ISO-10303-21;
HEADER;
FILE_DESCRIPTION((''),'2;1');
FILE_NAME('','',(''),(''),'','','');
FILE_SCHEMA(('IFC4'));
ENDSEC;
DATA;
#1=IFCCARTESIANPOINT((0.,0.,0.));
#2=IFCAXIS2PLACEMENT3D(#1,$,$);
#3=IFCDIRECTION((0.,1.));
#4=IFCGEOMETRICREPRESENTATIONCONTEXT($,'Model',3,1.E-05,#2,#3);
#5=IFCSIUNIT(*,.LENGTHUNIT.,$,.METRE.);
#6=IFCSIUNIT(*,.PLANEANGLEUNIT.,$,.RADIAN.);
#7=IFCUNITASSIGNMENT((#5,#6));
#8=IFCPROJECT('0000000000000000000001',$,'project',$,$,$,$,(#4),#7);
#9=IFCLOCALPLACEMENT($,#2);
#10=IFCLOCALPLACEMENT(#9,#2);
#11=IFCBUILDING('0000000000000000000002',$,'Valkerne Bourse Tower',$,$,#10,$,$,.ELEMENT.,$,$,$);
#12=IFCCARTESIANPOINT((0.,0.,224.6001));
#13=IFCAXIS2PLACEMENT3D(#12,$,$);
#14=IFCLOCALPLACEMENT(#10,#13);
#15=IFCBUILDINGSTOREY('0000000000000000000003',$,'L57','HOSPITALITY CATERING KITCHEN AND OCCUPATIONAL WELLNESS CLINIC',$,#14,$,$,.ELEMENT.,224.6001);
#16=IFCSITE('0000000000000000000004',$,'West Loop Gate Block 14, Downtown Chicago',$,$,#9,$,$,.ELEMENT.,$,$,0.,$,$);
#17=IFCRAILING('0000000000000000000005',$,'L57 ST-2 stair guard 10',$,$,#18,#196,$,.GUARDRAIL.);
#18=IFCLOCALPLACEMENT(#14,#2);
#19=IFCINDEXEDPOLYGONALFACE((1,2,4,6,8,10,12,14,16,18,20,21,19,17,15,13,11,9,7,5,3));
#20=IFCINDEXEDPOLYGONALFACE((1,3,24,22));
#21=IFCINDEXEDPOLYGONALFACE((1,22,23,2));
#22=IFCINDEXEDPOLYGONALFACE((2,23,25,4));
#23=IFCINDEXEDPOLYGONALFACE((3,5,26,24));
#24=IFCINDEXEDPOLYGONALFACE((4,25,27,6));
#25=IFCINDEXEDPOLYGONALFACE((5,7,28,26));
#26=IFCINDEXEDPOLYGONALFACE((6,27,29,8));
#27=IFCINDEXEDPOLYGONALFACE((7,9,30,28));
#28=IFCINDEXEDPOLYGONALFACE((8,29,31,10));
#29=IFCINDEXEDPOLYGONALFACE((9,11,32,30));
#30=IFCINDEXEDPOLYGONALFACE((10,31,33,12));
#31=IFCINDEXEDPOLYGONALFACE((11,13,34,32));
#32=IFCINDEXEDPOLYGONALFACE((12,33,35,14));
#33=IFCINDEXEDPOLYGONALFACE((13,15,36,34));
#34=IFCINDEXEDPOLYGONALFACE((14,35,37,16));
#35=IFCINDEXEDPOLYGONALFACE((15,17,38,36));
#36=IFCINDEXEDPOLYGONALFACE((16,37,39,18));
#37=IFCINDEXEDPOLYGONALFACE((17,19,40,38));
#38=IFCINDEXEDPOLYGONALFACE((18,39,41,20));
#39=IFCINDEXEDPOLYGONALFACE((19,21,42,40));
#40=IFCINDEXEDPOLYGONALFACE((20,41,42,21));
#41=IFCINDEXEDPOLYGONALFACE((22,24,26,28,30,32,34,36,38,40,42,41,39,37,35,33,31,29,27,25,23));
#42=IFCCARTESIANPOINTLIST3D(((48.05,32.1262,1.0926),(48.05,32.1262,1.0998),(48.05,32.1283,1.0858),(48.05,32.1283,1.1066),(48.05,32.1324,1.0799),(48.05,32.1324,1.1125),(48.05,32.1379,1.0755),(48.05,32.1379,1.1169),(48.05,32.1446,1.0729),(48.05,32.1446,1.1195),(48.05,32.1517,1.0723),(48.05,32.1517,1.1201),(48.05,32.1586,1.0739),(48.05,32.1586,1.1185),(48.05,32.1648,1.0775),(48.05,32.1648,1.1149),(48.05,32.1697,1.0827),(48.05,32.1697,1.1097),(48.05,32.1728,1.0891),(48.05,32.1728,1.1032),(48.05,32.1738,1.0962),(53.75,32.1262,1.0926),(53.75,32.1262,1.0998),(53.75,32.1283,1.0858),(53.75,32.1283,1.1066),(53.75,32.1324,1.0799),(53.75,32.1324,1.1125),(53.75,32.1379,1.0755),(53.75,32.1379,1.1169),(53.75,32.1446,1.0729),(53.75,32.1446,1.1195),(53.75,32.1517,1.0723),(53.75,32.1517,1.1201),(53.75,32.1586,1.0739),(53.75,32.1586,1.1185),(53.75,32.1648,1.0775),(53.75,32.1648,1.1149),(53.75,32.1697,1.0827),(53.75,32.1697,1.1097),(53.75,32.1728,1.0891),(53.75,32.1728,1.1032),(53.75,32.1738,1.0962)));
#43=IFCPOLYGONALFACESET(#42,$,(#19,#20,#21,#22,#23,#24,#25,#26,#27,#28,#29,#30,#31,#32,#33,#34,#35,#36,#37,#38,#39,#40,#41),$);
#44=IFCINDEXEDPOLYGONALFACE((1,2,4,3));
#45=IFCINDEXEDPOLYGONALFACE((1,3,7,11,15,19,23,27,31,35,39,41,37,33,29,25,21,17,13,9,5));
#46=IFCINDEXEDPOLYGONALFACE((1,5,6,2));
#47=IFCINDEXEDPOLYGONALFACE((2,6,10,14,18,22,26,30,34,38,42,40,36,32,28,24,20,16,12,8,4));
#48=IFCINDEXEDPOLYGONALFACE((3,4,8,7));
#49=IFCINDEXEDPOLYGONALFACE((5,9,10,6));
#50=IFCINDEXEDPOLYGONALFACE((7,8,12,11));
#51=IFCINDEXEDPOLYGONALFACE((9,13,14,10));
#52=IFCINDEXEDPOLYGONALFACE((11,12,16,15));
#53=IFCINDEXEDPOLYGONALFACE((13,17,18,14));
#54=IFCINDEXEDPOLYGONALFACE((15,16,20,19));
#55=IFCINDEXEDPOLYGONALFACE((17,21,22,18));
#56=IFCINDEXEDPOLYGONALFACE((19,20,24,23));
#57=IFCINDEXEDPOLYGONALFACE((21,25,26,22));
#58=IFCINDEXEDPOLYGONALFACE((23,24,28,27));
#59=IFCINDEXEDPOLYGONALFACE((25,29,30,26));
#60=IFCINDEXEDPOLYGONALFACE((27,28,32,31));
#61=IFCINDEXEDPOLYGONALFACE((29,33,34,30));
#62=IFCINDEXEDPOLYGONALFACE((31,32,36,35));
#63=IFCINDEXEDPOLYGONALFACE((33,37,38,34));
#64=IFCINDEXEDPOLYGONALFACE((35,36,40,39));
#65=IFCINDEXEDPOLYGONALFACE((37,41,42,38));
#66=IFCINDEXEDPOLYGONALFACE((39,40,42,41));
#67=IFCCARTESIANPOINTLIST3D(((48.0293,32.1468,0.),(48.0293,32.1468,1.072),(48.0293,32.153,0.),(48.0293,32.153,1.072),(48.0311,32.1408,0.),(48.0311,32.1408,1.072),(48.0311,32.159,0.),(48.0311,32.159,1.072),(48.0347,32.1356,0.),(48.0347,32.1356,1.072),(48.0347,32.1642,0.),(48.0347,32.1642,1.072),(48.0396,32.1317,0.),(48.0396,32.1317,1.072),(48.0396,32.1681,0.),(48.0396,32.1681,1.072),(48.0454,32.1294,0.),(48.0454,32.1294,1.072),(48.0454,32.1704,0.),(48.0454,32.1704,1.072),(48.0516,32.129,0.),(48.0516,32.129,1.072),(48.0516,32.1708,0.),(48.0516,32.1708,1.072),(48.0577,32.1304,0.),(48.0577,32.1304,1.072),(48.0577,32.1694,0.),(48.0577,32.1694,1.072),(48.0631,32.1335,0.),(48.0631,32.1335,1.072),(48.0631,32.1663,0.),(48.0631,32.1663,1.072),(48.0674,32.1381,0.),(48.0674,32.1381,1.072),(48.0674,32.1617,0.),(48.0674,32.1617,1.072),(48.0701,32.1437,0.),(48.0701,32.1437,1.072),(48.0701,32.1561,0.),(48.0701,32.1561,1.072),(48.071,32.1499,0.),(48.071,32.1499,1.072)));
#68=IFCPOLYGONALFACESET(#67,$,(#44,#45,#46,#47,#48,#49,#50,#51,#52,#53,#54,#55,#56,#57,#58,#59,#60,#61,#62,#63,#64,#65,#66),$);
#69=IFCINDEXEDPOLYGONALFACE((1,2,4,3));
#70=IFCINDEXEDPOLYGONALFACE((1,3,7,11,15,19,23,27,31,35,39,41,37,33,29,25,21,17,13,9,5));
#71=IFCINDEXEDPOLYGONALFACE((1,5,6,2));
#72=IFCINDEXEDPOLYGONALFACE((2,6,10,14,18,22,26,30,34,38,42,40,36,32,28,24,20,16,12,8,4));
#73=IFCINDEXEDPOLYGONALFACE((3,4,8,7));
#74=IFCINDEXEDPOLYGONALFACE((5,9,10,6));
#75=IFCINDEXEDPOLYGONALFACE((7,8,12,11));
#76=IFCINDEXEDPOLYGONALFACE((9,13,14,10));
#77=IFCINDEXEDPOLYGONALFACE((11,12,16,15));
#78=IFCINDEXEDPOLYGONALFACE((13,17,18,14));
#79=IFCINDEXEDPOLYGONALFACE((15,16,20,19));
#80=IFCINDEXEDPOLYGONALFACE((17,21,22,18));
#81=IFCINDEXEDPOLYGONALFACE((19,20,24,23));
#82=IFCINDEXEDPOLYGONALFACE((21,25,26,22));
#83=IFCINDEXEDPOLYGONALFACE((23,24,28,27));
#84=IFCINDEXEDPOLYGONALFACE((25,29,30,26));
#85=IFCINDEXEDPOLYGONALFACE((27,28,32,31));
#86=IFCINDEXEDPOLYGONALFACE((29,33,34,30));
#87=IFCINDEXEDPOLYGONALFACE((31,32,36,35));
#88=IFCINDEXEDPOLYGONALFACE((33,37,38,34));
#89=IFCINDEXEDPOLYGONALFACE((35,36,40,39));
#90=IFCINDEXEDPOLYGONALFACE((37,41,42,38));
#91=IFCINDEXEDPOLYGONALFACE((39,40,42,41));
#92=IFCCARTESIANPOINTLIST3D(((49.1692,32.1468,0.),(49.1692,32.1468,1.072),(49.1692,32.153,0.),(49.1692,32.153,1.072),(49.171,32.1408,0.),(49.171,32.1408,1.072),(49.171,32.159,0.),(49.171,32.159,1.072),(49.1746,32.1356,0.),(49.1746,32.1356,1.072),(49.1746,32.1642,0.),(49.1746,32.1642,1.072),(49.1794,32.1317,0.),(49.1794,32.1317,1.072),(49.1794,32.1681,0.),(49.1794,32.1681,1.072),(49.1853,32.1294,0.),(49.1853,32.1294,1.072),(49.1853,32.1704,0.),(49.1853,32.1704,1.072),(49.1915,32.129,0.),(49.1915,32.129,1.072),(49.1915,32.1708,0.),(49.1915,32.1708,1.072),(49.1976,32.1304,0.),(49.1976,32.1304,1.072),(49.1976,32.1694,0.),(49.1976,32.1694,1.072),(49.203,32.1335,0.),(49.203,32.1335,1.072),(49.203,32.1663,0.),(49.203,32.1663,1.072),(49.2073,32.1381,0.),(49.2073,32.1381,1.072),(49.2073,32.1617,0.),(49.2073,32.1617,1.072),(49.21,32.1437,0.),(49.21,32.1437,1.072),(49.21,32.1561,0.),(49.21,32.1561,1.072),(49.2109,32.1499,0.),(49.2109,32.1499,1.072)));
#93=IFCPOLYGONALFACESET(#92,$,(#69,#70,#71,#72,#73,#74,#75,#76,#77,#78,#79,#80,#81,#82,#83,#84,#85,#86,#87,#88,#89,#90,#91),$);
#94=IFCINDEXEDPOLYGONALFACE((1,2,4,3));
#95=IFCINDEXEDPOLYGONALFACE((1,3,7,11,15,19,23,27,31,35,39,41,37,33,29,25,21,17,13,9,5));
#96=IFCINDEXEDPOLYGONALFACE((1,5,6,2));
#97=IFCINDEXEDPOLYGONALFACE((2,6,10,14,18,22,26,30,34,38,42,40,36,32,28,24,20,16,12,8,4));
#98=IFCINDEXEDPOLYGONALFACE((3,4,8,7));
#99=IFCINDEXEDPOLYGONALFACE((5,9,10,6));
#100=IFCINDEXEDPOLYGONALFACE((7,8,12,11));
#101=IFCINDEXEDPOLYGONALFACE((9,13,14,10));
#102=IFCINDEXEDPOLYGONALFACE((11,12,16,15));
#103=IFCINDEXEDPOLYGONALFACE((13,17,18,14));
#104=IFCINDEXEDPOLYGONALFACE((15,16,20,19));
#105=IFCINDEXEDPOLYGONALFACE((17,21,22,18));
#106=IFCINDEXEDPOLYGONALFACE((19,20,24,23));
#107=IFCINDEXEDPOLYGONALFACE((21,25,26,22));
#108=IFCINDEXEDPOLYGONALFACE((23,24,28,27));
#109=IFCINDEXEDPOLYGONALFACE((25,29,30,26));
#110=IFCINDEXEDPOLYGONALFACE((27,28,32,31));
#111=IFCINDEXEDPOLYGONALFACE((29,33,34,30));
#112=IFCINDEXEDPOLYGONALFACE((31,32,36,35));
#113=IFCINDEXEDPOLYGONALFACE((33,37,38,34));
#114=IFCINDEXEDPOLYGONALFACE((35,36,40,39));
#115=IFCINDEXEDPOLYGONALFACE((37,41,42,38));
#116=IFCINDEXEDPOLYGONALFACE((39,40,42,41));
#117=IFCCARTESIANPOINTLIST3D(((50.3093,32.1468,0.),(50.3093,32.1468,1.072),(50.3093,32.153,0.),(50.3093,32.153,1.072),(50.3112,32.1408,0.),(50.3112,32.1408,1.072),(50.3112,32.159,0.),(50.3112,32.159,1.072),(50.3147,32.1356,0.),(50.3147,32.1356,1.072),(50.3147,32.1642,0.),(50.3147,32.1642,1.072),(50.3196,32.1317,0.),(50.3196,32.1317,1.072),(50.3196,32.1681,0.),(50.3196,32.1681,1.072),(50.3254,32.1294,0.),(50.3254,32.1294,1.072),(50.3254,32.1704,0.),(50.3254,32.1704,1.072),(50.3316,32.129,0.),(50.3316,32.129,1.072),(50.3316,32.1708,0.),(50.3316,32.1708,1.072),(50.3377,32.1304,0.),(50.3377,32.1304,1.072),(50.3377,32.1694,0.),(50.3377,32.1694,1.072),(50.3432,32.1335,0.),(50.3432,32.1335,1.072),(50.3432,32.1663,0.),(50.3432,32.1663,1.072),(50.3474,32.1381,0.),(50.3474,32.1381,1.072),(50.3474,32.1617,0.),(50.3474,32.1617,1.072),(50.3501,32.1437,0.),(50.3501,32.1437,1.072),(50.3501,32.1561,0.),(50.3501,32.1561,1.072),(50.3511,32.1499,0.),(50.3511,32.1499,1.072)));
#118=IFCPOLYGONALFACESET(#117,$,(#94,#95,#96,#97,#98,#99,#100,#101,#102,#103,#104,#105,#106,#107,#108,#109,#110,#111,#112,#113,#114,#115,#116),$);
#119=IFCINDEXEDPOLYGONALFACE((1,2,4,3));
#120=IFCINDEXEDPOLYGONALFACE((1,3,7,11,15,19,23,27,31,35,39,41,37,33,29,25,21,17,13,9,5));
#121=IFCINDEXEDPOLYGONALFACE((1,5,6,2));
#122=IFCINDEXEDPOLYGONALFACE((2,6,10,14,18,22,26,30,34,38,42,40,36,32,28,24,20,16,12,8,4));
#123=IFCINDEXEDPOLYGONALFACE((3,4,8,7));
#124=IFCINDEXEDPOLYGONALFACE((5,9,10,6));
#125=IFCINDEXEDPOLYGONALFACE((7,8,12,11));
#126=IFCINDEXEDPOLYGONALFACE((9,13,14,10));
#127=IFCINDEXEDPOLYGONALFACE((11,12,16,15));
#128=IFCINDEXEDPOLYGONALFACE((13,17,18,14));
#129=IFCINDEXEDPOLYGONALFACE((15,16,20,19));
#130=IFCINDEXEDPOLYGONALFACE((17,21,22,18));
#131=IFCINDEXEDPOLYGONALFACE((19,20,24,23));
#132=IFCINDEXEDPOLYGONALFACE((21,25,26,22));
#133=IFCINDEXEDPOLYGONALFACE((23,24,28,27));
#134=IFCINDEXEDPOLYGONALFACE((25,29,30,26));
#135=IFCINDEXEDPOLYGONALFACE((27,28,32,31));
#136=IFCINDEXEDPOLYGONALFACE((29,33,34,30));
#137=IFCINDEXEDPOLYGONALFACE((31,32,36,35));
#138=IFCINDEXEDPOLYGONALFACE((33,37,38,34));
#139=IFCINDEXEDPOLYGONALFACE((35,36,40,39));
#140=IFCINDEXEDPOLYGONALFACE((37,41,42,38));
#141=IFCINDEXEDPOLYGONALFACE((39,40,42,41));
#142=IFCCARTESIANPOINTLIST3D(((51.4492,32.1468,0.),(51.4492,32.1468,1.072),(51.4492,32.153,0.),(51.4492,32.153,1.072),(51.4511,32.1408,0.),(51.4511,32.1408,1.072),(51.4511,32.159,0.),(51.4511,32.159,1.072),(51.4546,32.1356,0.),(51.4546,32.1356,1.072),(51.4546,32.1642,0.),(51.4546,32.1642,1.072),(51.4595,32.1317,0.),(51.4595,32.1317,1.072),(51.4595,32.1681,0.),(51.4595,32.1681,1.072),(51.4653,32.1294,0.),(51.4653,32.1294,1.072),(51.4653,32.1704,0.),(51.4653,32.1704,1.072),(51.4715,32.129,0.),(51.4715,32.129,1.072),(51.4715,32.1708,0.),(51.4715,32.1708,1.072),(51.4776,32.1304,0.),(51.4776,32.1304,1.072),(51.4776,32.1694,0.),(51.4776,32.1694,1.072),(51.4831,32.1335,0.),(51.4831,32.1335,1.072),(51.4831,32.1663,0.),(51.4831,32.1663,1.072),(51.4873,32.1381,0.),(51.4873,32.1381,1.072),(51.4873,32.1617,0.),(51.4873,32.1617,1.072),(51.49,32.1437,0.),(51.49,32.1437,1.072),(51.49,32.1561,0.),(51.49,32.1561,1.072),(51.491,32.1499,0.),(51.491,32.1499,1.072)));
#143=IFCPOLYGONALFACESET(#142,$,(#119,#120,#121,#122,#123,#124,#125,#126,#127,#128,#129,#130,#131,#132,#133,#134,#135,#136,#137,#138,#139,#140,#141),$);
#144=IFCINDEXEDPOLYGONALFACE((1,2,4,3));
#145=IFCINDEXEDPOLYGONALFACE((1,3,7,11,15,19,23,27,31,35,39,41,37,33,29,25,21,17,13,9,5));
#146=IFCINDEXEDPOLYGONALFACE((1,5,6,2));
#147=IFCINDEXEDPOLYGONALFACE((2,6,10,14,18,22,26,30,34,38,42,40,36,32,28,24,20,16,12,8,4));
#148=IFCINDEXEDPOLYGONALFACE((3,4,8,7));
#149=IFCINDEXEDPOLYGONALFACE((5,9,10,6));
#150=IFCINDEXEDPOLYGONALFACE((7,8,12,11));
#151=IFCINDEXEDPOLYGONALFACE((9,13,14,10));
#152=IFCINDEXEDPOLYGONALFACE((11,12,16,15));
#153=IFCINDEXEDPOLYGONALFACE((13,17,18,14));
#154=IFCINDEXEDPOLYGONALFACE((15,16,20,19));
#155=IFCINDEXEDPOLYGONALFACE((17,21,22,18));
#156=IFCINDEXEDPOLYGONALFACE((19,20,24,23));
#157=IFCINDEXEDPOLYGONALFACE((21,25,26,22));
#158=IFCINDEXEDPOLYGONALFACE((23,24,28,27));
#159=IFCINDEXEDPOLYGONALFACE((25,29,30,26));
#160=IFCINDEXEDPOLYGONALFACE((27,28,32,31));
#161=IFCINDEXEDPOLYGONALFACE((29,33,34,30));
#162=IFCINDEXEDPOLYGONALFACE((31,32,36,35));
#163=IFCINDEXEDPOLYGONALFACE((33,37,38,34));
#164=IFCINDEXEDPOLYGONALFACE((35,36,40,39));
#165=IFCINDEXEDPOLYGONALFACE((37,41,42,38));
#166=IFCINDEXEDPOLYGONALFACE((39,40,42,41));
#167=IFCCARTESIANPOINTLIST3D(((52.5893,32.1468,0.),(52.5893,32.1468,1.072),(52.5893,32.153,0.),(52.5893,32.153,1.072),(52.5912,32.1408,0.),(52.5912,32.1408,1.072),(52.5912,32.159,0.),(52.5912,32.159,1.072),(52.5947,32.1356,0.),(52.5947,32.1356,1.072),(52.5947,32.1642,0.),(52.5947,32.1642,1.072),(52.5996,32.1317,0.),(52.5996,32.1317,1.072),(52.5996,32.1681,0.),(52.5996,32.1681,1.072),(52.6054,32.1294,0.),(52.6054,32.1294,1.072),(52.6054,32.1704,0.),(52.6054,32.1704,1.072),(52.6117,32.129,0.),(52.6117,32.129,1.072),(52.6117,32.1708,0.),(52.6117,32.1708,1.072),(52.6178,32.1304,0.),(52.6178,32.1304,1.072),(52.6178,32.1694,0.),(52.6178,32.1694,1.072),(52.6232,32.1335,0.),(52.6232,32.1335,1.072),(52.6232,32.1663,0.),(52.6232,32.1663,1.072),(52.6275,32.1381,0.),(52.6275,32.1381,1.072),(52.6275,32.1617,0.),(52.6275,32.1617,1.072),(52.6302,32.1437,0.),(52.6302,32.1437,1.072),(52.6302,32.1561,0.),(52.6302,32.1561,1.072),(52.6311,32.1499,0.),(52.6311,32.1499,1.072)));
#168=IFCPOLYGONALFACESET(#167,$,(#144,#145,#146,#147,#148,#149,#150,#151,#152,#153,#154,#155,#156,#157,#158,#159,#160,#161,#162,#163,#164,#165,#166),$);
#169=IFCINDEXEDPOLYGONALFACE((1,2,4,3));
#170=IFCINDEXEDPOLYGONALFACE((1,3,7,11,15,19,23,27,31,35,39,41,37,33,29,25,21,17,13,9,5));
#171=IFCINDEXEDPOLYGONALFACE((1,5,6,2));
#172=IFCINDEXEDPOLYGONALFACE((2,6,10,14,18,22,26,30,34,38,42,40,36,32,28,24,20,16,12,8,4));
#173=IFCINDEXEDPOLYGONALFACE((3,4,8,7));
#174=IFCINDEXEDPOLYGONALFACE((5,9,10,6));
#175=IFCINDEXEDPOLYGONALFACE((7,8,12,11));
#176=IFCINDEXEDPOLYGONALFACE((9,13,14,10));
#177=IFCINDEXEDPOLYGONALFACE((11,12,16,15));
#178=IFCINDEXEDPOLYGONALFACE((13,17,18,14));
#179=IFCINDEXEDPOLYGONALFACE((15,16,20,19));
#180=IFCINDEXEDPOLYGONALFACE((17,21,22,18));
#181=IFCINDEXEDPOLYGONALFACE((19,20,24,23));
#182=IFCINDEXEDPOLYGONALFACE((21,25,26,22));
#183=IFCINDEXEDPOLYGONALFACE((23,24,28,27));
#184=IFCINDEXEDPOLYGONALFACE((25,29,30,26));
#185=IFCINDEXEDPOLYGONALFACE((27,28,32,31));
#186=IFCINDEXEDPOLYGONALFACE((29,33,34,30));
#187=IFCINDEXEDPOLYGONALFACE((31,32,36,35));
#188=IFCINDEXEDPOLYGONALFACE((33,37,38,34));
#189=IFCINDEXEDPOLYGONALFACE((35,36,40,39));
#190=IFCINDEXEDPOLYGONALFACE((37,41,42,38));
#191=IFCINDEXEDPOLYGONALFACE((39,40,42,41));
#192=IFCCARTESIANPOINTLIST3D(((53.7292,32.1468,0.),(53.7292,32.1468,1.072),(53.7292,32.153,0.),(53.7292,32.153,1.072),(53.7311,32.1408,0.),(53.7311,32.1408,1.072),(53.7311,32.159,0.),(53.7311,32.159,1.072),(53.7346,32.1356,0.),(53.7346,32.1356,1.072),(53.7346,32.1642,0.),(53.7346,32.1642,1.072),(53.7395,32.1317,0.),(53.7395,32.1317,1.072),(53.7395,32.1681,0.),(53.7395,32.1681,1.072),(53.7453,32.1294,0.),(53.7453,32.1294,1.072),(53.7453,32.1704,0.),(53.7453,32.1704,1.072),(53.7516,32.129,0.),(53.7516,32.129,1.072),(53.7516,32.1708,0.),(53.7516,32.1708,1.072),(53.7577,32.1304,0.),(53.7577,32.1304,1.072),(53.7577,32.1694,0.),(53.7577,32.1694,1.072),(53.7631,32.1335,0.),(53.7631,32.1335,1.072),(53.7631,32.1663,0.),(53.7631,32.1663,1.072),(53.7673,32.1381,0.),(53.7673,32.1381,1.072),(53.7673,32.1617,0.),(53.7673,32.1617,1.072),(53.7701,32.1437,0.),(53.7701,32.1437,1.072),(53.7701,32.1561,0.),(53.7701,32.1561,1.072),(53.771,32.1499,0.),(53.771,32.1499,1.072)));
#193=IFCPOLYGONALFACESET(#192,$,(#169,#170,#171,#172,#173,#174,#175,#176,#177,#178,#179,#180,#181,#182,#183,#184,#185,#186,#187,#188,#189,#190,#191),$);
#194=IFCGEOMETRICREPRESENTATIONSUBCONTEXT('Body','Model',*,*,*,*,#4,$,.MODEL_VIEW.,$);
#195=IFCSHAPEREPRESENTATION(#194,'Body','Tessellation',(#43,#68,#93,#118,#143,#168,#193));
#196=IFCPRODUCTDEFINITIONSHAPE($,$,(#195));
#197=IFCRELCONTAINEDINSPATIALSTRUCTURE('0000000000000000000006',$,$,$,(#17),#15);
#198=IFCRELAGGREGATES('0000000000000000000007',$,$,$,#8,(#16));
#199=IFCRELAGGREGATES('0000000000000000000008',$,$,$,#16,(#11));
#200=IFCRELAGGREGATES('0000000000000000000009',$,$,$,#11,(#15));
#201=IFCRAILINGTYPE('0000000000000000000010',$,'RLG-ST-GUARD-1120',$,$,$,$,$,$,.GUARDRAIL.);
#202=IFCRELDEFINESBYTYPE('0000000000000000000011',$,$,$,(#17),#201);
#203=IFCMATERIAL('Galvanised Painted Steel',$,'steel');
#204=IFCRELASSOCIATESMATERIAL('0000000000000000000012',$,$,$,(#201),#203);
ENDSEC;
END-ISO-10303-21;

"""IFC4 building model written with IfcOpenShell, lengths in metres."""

from ifc_helpers import new_model, si_unit, direction, frame, origin, origin_2d, place, context, subcontext, project, spatial, circle, extrude, material, type_object, element, save


model = new_model("IFC4")

# Units and contexts
model_context = context("Model", 3, precision=1e-05, world=origin(), true_north=direction((0.0, 1.0)))
body_context = subcontext(model_context, "Body", "Model", "MODEL_VIEW")
ifc_project = project(units=[si_unit("LENGTHUNIT", "METRE"), si_unit("PLANEANGLEUNIT", "RADIAN")], contexts=[model_context])

# Site, building, storey
site_placement = place(None, origin())
site = spatial("IfcSite", under=ifc_project, at=site_placement, Name="West Loop Gate Block 14, Downtown Chicago", CompositionType="ELEMENT", RefElevation=0.0)
building_placement = place(site_placement, origin())
building = spatial("IfcBuilding", under=site, at=building_placement, Name="Valkerne Bourse Tower", CompositionType="ELEMENT")
storey_placement = place(building_placement, frame((0.0, 0.0, 224.6001)))
storey = spatial("IfcBuildingStorey", under=building, at=storey_placement, Name="L57", Description="HOSPITALITY CATERING KITCHEN AND OCCUPATIONAL WELLNESS CLINIC", CompositionType="ELEMENT", Elevation=224.6001)

# Shared definitions
ifc_material_1 = material(Name="Galvanised Painted Steel", Category="steel")

# Railing
railing_type_1 = type_object("IfcRailingType", Name="RLG-ST-GUARD-1120", PredefinedType="GUARDRAIL", material=ifc_material_1)
railing_1_placement = place(storey_placement, frame((48.05, 32.1499, 0.0)))
element("IfcRailing", 1, at=railing_1_placement, inside=storey, type_object=railing_type_1, Name="L57 ST-2 stair guard 10", PredefinedType="GUARDRAIL", context=body_context, shape_type="SweptSolid", body=[
    extrude(circle(Radius=0.0239, at=origin_2d()), frame((0.0, 0.0, 1.0962), z_axis=(1.0, 0.0, 0.0), x_axis=(0.0, 1.0, 0.0)), (0.0, 0.0, 1.0), 5.7),
    extrude(circle(Radius=0.021, at=origin_2d()), origin(), (0.0, 0.0, 1.0), 1.072),
    extrude(circle(Radius=0.021, at=origin_2d()), frame((1.1399, 0.0, 0.0)), (0.0, 0.0, 1.0), 1.072),
    extrude(circle(Radius=0.021, at=origin_2d()), frame((2.28, 0.0, 0.0)), (0.0, 0.0, 1.0), 1.072),
    extrude(circle(Radius=0.021, at=origin_2d()), frame((3.4199, 0.0, 0.0)), (0.0, 0.0, 1.0), 1.072),
    extrude(circle(Radius=0.021, at=origin_2d()), frame((4.5601, 0.0, 0.0)), (0.0, 0.0, 1.0), 1.072),
    extrude(circle(Radius=0.021, at=origin_2d()), frame((5.7, 0.0, 0.0)), (0.0, 0.0, 1.0), 1.072),
])

save(model, "model.ifc")
